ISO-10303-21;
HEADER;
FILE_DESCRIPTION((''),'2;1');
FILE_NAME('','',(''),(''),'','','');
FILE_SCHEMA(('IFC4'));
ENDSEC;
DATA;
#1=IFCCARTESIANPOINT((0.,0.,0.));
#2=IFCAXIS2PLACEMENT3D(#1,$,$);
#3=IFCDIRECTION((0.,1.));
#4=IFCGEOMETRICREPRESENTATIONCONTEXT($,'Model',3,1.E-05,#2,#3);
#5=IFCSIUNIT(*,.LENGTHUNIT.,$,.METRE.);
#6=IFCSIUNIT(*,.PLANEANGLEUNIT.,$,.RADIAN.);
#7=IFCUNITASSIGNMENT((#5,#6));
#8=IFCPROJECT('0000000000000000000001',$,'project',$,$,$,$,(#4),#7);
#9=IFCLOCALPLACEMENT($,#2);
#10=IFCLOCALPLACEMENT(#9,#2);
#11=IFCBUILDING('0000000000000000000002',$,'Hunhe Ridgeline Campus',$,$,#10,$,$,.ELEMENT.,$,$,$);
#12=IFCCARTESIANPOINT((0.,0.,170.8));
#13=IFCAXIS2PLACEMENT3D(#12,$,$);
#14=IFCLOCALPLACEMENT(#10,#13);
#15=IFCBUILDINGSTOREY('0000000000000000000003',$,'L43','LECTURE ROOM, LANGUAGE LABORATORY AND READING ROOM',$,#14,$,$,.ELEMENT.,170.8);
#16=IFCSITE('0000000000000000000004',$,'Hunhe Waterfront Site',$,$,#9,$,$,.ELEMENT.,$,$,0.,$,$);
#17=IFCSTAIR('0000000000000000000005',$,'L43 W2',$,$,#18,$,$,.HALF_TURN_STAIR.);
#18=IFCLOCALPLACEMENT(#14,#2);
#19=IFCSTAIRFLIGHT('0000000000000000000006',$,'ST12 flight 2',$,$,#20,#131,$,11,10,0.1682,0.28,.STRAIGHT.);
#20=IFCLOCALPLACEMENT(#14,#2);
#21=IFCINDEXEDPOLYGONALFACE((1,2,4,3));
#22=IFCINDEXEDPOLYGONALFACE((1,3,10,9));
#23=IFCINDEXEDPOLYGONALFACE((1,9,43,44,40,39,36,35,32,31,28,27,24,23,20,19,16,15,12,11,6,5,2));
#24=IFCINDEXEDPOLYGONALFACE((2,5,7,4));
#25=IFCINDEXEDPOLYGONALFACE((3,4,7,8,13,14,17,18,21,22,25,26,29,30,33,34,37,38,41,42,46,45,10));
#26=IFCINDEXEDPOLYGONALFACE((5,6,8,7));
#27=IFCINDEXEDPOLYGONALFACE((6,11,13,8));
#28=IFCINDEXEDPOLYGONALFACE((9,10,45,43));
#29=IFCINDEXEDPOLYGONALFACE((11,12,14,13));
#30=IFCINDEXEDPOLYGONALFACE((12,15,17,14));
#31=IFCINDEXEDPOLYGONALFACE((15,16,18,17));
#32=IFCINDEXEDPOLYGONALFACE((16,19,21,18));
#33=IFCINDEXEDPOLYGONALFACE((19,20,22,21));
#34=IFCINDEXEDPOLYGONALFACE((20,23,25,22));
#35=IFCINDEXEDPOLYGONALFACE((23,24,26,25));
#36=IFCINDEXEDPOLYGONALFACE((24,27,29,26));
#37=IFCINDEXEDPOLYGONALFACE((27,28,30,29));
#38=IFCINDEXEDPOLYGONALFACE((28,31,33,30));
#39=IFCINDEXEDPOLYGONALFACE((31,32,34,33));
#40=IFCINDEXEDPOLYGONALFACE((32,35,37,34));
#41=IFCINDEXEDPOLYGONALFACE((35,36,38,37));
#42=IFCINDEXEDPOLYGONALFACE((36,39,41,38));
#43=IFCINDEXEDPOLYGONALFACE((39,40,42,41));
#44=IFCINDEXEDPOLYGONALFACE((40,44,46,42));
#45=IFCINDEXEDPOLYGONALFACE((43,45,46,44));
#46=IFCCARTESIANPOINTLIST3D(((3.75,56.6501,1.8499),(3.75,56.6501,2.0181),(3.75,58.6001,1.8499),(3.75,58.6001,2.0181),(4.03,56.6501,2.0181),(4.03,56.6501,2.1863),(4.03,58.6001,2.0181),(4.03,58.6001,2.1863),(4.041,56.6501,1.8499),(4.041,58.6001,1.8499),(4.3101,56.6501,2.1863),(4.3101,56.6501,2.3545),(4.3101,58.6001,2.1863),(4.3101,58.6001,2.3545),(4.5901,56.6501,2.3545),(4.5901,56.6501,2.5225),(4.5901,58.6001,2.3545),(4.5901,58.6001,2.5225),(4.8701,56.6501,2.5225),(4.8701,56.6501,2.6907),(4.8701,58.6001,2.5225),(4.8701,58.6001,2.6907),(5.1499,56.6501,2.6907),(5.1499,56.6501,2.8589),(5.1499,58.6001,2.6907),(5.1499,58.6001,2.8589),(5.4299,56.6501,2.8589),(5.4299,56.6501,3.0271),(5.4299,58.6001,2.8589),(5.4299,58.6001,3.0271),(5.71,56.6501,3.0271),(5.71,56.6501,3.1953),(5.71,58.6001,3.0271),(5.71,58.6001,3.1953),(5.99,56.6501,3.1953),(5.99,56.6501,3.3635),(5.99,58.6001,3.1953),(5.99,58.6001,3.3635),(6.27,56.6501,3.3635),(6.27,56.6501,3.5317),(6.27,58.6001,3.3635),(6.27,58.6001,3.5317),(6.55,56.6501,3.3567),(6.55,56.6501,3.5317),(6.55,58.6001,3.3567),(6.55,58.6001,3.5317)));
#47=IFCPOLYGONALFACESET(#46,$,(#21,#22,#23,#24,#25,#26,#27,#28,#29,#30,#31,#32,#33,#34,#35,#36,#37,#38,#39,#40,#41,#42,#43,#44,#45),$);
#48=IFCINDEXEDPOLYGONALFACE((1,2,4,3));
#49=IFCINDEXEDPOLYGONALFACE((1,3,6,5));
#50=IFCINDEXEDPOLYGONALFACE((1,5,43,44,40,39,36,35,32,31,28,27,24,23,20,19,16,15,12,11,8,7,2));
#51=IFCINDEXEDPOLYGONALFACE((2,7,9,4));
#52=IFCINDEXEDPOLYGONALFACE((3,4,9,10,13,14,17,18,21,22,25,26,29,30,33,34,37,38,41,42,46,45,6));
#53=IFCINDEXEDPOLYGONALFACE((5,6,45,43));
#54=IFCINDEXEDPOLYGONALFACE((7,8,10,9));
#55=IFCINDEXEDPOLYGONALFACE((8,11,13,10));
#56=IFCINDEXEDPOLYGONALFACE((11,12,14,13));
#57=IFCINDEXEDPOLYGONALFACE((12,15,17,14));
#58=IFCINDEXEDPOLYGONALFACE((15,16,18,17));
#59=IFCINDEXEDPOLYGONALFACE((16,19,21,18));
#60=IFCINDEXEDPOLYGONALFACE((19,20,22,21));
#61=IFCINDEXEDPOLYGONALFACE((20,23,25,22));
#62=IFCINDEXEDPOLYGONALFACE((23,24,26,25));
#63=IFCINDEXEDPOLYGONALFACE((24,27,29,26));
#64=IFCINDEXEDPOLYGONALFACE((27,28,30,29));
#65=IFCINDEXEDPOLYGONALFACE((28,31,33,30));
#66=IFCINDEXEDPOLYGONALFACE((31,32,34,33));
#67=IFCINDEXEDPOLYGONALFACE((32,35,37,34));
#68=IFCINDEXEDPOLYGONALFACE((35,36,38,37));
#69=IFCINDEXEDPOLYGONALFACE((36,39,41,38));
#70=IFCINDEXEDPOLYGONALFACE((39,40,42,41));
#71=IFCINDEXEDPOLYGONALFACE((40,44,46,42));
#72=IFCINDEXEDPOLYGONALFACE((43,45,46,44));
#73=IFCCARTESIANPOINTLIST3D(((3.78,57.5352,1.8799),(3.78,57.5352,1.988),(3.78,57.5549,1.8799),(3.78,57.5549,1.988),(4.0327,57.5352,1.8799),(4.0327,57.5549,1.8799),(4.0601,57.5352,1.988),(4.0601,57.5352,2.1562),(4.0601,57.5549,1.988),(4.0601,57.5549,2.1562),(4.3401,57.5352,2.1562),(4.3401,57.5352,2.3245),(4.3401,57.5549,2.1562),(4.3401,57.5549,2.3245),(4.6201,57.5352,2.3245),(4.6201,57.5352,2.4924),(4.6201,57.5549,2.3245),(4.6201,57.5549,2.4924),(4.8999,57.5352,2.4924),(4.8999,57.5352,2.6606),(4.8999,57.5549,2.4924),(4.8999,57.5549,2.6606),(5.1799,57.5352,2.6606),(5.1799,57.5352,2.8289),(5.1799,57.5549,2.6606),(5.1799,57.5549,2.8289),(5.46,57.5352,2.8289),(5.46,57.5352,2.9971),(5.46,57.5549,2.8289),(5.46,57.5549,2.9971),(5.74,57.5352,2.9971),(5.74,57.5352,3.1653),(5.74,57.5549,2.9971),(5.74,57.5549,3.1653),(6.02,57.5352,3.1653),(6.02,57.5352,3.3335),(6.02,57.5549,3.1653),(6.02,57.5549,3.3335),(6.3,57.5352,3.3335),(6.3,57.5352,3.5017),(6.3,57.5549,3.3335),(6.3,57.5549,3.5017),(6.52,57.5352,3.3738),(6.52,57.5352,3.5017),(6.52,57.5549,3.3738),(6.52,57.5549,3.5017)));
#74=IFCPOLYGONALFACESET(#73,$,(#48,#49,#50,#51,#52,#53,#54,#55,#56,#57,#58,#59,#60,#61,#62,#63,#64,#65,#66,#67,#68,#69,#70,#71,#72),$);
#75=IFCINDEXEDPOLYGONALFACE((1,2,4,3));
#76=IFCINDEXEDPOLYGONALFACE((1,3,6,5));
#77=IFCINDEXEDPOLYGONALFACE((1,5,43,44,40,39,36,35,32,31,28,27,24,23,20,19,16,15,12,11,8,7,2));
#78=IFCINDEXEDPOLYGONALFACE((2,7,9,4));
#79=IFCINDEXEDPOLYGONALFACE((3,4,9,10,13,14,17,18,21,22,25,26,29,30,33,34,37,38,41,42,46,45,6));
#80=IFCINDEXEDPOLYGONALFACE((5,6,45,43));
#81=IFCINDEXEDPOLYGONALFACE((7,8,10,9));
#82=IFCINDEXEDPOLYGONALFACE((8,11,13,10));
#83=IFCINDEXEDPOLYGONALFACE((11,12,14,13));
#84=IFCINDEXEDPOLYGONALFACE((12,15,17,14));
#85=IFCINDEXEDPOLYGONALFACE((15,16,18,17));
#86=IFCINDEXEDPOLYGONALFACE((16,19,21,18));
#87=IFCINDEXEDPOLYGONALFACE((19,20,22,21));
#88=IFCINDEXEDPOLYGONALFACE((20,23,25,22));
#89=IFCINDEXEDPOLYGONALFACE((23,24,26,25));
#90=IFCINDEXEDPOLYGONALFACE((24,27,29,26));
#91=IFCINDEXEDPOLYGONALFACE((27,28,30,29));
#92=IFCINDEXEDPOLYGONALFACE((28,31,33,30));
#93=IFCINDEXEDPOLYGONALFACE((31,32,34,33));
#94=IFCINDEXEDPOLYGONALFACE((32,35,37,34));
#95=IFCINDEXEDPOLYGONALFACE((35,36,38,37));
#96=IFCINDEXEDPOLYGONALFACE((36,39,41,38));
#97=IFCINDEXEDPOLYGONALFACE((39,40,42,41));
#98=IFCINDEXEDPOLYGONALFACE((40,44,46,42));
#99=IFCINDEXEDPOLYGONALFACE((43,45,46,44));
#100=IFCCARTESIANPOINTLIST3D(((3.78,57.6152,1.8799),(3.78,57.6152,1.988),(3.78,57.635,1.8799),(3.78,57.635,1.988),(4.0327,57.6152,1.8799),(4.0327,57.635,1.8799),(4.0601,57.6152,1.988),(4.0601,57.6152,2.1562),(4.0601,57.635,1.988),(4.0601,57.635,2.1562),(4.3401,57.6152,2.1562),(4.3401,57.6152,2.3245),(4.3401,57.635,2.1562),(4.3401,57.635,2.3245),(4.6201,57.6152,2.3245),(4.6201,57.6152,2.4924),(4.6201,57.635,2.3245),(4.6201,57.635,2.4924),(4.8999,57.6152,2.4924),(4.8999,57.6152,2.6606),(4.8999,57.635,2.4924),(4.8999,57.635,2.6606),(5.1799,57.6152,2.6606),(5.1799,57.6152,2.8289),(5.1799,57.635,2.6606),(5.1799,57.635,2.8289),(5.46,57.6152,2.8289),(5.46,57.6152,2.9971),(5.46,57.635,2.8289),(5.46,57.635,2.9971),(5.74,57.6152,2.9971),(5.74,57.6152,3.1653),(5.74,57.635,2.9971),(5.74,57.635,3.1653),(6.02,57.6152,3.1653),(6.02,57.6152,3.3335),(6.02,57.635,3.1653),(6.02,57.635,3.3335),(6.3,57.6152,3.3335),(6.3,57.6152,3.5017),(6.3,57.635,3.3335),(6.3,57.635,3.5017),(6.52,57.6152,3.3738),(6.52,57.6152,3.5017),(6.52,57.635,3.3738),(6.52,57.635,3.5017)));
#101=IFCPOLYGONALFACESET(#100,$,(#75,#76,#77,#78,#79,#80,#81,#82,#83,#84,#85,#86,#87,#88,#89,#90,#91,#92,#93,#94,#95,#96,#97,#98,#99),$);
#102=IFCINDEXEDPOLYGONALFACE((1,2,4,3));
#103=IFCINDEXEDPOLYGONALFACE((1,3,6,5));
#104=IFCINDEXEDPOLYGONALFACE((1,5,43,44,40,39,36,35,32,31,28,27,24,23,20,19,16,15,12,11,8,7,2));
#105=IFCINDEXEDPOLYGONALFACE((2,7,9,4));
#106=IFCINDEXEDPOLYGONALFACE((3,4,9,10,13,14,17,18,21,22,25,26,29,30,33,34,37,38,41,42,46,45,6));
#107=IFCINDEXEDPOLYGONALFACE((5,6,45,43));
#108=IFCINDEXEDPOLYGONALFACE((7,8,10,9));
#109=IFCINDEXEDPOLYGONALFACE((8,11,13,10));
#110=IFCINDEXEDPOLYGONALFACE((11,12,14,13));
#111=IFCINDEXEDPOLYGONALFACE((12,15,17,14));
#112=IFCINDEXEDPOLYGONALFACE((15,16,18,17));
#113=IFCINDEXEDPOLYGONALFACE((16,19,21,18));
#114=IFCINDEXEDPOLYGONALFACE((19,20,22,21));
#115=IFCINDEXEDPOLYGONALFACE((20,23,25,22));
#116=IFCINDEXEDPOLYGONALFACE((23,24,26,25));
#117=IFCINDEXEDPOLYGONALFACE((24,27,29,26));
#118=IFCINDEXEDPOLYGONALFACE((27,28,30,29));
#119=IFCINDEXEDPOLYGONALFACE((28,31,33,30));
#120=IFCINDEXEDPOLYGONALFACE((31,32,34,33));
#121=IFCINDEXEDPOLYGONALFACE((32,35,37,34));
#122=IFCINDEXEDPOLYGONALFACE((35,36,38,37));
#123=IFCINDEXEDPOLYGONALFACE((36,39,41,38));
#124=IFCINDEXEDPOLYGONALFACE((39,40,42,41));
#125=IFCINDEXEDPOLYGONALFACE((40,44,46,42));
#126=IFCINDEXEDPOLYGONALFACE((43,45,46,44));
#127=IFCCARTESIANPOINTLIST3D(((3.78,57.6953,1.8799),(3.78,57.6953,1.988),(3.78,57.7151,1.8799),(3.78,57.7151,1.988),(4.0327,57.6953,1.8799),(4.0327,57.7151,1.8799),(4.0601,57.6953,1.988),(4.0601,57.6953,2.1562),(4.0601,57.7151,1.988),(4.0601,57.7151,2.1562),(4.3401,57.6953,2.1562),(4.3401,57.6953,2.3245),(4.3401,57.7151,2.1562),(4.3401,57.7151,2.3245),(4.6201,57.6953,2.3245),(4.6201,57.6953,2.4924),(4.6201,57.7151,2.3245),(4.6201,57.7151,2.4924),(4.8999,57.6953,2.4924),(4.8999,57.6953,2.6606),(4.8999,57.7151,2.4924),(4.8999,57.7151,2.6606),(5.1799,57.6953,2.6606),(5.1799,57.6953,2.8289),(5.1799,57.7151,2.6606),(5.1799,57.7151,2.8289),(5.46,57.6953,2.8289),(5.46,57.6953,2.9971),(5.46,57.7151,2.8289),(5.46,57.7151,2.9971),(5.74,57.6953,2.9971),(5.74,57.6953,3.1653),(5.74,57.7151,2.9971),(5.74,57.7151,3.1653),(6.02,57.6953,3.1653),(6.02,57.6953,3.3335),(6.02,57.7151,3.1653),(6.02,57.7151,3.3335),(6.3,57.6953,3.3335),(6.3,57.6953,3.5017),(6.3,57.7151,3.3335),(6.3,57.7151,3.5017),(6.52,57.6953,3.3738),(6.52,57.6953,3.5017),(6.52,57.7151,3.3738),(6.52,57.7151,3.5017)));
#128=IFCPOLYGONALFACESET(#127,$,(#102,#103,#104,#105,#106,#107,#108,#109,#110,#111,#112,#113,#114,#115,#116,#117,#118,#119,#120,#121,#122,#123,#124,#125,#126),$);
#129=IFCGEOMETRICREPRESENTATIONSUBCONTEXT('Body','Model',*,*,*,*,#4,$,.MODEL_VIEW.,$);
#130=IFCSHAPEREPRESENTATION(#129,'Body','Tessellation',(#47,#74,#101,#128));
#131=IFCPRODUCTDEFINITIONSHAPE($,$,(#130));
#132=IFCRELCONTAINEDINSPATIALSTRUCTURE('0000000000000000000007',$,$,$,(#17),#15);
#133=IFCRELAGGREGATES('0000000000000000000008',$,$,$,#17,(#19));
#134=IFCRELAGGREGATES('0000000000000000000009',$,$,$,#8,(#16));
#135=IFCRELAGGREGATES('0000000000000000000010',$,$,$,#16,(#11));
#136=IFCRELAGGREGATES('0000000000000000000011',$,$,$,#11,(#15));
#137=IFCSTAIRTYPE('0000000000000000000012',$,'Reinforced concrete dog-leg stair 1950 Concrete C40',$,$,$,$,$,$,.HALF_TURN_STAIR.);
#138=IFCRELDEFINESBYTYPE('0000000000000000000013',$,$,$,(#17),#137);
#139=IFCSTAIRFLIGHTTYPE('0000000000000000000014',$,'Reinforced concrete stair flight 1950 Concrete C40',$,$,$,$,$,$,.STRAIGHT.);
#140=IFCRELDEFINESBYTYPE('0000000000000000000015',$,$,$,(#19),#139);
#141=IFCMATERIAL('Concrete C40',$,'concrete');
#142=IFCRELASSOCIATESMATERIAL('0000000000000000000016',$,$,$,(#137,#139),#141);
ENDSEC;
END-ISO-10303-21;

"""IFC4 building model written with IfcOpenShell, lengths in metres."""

from ifc_helpers import new_model, si_unit, direction, frame, origin, place, context, subcontext, project, spatial, polyline, outline, extrude, material, type_object, element, aggregate, save


model = new_model("IFC4")

# Units and contexts
model_context = context("Model", 3, precision=1e-05, world=origin(), true_north=direction((0.0, 1.0)))
body_context = subcontext(model_context, "Body", "Model", "MODEL_VIEW")
ifc_project = project(units=[si_unit("LENGTHUNIT", "METRE"), si_unit("PLANEANGLEUNIT", "RADIAN")], contexts=[model_context])

# Site, building, storey
site_placement = place(None, origin())
site = spatial("IfcSite", under=ifc_project, at=site_placement, Name="Hunhe Waterfront Site", CompositionType="ELEMENT", RefElevation=0.0)
building_placement = place(site_placement, origin())
building = spatial("IfcBuilding", under=site, at=building_placement, Name="Hunhe Ridgeline Campus", CompositionType="ELEMENT")
storey_placement = place(building_placement, frame((0.0, 0.0, 170.8)))
storey = spatial("IfcBuildingStorey", under=building, at=storey_placement, Name="L43", Description="LECTURE ROOM, LANGUAGE LABORATORY AND READING ROOM", CompositionType="ELEMENT", Elevation=170.8)

# Stair, stair flight
ifc_material_1 = material(Name="Concrete C40", Category="concrete")
stair_type = type_object("IfcStairType", Name="Reinforced concrete dog-leg stair 1950 Concrete C40", PredefinedType="HALF_TURN_STAIR", material=ifc_material_1)
stair_flight_type = type_object("IfcStairFlightType", Name="Reinforced concrete stair flight 1950 Concrete C40", PredefinedType="STRAIGHT", material=ifc_material_1)
stair_1_placement = place(storey_placement, origin())
stair_1 = element("IfcStair", 1, at=stair_1_placement, inside=storey, type_object=stair_type, Name="L43 W2", PredefinedType="HALF_TURN_STAIR")
stair_flight_1_placement = place(storey_placement, frame((3.75, 57.625, 1.8499), z_axis=(0.0, 0.0, 1.0), x_axis=(1.0, 0.0, 0.0)))
stair_flight_1 = element("IfcStairFlight", 2, at=stair_flight_1_placement, type_object=stair_flight_type, Name="ST12 flight 2", NumberOfRisers=11, NumberOfTreads=10, PredefinedType="STRAIGHT", RiserHeight=0.1682, TreadLength=0.28, context=body_context, shape_type="SweptSolid", body=[
    extrude(outline(polyline([(0.0, 0.0), (0.0, 0.1682), (0.28, 0.1682), (0.28, 0.3364), (0.5601, 0.3364), (0.5601, 0.5046), (0.8401, 0.5046), (0.8401, 0.6726), (1.1201, 0.6726), (1.1201, 0.8408), (1.3999, 0.8408), (1.3999, 1.009), (1.6799, 1.009), (1.6799, 1.1772), (1.96, 1.1772), (1.96, 1.3455), (2.24, 1.3455), (2.24, 1.5137), (2.52, 1.5137), (2.52, 1.6819), (2.8, 1.6819), (2.8, 1.8501), (2.8, 1.5068), (0.291, 0.0), (0.0, 0.0)])), frame((0.0, 0.9751, 0.0), z_axis=(0.0, -1.0, 0.0), x_axis=(1.0, 0.0, 0.0)), (0.0, 0.0, 1.0), 1.95),
    extrude(outline(polyline([(0.03, 0.03), (0.03, 0.1382), (0.3101, 0.1382), (0.3101, 0.3064), (0.5901, 0.3064), (0.5901, 0.4746), (0.8701, 0.4746), (0.8701, 0.6426), (1.1499, 0.6426), (1.1499, 0.8108), (1.4299, 0.8108), (1.4299, 0.979), (1.71, 0.979), (1.71, 1.1472), (1.99, 1.1472), (1.99, 1.3154), (2.27, 1.3154), (2.27, 1.4836), (2.55, 1.4836), (2.55, 1.6519), (2.77, 1.6519), (2.77, 1.5239), (0.2827, 0.03), (0.03, 0.03)])), frame((0.0, -0.0701, 0.0), z_axis=(0.0, -1.0, 0.0), x_axis=(1.0, 0.0, 0.0)), (0.0, 0.0, 1.0), 0.0198),
    extrude(outline(polyline([(0.03, 0.03), (0.03, 0.1382), (0.3101, 0.1382), (0.3101, 0.3064), (0.5901, 0.3064), (0.5901, 0.4746), (0.8701, 0.4746), (0.8701, 0.6426), (1.1499, 0.6426), (1.1499, 0.8108), (1.4299, 0.8108), (1.4299, 0.979), (1.71, 0.979), (1.71, 1.1472), (1.99, 1.1472), (1.99, 1.3154), (2.27, 1.3154), (2.27, 1.4836), (2.55, 1.4836), (2.55, 1.6519), (2.77, 1.6519), (2.77, 1.5239), (0.2827, 0.03), (0.03, 0.03)])), frame((0.0, 0.01, 0.0), z_axis=(0.0, -1.0, 0.0), x_axis=(1.0, 0.0, 0.0)), (0.0, 0.0, 1.0), 0.0198),
    extrude(outline(polyline([(0.03, 0.03), (0.03, 0.1382), (0.3101, 0.1382), (0.3101, 0.3064), (0.5901, 0.3064), (0.5901, 0.4746), (0.8701, 0.4746), (0.8701, 0.6426), (1.1499, 0.6426), (1.1499, 0.8108), (1.4299, 0.8108), (1.4299, 0.979), (1.71, 0.979), (1.71, 1.1472), (1.99, 1.1472), (1.99, 1.3154), (2.27, 1.3154), (2.27, 1.4836), (2.55, 1.4836), (2.55, 1.6519), (2.77, 1.6519), (2.77, 1.5239), (0.2827, 0.03), (0.03, 0.03)])), frame((0.0, 0.0901, 0.0), z_axis=(0.0, -1.0, 0.0), x_axis=(1.0, 0.0, 0.0)), (0.0, 0.0, 1.0), 0.0198),
])
aggregate(stair_1, [stair_flight_1])

save(model, "model.ifc")
